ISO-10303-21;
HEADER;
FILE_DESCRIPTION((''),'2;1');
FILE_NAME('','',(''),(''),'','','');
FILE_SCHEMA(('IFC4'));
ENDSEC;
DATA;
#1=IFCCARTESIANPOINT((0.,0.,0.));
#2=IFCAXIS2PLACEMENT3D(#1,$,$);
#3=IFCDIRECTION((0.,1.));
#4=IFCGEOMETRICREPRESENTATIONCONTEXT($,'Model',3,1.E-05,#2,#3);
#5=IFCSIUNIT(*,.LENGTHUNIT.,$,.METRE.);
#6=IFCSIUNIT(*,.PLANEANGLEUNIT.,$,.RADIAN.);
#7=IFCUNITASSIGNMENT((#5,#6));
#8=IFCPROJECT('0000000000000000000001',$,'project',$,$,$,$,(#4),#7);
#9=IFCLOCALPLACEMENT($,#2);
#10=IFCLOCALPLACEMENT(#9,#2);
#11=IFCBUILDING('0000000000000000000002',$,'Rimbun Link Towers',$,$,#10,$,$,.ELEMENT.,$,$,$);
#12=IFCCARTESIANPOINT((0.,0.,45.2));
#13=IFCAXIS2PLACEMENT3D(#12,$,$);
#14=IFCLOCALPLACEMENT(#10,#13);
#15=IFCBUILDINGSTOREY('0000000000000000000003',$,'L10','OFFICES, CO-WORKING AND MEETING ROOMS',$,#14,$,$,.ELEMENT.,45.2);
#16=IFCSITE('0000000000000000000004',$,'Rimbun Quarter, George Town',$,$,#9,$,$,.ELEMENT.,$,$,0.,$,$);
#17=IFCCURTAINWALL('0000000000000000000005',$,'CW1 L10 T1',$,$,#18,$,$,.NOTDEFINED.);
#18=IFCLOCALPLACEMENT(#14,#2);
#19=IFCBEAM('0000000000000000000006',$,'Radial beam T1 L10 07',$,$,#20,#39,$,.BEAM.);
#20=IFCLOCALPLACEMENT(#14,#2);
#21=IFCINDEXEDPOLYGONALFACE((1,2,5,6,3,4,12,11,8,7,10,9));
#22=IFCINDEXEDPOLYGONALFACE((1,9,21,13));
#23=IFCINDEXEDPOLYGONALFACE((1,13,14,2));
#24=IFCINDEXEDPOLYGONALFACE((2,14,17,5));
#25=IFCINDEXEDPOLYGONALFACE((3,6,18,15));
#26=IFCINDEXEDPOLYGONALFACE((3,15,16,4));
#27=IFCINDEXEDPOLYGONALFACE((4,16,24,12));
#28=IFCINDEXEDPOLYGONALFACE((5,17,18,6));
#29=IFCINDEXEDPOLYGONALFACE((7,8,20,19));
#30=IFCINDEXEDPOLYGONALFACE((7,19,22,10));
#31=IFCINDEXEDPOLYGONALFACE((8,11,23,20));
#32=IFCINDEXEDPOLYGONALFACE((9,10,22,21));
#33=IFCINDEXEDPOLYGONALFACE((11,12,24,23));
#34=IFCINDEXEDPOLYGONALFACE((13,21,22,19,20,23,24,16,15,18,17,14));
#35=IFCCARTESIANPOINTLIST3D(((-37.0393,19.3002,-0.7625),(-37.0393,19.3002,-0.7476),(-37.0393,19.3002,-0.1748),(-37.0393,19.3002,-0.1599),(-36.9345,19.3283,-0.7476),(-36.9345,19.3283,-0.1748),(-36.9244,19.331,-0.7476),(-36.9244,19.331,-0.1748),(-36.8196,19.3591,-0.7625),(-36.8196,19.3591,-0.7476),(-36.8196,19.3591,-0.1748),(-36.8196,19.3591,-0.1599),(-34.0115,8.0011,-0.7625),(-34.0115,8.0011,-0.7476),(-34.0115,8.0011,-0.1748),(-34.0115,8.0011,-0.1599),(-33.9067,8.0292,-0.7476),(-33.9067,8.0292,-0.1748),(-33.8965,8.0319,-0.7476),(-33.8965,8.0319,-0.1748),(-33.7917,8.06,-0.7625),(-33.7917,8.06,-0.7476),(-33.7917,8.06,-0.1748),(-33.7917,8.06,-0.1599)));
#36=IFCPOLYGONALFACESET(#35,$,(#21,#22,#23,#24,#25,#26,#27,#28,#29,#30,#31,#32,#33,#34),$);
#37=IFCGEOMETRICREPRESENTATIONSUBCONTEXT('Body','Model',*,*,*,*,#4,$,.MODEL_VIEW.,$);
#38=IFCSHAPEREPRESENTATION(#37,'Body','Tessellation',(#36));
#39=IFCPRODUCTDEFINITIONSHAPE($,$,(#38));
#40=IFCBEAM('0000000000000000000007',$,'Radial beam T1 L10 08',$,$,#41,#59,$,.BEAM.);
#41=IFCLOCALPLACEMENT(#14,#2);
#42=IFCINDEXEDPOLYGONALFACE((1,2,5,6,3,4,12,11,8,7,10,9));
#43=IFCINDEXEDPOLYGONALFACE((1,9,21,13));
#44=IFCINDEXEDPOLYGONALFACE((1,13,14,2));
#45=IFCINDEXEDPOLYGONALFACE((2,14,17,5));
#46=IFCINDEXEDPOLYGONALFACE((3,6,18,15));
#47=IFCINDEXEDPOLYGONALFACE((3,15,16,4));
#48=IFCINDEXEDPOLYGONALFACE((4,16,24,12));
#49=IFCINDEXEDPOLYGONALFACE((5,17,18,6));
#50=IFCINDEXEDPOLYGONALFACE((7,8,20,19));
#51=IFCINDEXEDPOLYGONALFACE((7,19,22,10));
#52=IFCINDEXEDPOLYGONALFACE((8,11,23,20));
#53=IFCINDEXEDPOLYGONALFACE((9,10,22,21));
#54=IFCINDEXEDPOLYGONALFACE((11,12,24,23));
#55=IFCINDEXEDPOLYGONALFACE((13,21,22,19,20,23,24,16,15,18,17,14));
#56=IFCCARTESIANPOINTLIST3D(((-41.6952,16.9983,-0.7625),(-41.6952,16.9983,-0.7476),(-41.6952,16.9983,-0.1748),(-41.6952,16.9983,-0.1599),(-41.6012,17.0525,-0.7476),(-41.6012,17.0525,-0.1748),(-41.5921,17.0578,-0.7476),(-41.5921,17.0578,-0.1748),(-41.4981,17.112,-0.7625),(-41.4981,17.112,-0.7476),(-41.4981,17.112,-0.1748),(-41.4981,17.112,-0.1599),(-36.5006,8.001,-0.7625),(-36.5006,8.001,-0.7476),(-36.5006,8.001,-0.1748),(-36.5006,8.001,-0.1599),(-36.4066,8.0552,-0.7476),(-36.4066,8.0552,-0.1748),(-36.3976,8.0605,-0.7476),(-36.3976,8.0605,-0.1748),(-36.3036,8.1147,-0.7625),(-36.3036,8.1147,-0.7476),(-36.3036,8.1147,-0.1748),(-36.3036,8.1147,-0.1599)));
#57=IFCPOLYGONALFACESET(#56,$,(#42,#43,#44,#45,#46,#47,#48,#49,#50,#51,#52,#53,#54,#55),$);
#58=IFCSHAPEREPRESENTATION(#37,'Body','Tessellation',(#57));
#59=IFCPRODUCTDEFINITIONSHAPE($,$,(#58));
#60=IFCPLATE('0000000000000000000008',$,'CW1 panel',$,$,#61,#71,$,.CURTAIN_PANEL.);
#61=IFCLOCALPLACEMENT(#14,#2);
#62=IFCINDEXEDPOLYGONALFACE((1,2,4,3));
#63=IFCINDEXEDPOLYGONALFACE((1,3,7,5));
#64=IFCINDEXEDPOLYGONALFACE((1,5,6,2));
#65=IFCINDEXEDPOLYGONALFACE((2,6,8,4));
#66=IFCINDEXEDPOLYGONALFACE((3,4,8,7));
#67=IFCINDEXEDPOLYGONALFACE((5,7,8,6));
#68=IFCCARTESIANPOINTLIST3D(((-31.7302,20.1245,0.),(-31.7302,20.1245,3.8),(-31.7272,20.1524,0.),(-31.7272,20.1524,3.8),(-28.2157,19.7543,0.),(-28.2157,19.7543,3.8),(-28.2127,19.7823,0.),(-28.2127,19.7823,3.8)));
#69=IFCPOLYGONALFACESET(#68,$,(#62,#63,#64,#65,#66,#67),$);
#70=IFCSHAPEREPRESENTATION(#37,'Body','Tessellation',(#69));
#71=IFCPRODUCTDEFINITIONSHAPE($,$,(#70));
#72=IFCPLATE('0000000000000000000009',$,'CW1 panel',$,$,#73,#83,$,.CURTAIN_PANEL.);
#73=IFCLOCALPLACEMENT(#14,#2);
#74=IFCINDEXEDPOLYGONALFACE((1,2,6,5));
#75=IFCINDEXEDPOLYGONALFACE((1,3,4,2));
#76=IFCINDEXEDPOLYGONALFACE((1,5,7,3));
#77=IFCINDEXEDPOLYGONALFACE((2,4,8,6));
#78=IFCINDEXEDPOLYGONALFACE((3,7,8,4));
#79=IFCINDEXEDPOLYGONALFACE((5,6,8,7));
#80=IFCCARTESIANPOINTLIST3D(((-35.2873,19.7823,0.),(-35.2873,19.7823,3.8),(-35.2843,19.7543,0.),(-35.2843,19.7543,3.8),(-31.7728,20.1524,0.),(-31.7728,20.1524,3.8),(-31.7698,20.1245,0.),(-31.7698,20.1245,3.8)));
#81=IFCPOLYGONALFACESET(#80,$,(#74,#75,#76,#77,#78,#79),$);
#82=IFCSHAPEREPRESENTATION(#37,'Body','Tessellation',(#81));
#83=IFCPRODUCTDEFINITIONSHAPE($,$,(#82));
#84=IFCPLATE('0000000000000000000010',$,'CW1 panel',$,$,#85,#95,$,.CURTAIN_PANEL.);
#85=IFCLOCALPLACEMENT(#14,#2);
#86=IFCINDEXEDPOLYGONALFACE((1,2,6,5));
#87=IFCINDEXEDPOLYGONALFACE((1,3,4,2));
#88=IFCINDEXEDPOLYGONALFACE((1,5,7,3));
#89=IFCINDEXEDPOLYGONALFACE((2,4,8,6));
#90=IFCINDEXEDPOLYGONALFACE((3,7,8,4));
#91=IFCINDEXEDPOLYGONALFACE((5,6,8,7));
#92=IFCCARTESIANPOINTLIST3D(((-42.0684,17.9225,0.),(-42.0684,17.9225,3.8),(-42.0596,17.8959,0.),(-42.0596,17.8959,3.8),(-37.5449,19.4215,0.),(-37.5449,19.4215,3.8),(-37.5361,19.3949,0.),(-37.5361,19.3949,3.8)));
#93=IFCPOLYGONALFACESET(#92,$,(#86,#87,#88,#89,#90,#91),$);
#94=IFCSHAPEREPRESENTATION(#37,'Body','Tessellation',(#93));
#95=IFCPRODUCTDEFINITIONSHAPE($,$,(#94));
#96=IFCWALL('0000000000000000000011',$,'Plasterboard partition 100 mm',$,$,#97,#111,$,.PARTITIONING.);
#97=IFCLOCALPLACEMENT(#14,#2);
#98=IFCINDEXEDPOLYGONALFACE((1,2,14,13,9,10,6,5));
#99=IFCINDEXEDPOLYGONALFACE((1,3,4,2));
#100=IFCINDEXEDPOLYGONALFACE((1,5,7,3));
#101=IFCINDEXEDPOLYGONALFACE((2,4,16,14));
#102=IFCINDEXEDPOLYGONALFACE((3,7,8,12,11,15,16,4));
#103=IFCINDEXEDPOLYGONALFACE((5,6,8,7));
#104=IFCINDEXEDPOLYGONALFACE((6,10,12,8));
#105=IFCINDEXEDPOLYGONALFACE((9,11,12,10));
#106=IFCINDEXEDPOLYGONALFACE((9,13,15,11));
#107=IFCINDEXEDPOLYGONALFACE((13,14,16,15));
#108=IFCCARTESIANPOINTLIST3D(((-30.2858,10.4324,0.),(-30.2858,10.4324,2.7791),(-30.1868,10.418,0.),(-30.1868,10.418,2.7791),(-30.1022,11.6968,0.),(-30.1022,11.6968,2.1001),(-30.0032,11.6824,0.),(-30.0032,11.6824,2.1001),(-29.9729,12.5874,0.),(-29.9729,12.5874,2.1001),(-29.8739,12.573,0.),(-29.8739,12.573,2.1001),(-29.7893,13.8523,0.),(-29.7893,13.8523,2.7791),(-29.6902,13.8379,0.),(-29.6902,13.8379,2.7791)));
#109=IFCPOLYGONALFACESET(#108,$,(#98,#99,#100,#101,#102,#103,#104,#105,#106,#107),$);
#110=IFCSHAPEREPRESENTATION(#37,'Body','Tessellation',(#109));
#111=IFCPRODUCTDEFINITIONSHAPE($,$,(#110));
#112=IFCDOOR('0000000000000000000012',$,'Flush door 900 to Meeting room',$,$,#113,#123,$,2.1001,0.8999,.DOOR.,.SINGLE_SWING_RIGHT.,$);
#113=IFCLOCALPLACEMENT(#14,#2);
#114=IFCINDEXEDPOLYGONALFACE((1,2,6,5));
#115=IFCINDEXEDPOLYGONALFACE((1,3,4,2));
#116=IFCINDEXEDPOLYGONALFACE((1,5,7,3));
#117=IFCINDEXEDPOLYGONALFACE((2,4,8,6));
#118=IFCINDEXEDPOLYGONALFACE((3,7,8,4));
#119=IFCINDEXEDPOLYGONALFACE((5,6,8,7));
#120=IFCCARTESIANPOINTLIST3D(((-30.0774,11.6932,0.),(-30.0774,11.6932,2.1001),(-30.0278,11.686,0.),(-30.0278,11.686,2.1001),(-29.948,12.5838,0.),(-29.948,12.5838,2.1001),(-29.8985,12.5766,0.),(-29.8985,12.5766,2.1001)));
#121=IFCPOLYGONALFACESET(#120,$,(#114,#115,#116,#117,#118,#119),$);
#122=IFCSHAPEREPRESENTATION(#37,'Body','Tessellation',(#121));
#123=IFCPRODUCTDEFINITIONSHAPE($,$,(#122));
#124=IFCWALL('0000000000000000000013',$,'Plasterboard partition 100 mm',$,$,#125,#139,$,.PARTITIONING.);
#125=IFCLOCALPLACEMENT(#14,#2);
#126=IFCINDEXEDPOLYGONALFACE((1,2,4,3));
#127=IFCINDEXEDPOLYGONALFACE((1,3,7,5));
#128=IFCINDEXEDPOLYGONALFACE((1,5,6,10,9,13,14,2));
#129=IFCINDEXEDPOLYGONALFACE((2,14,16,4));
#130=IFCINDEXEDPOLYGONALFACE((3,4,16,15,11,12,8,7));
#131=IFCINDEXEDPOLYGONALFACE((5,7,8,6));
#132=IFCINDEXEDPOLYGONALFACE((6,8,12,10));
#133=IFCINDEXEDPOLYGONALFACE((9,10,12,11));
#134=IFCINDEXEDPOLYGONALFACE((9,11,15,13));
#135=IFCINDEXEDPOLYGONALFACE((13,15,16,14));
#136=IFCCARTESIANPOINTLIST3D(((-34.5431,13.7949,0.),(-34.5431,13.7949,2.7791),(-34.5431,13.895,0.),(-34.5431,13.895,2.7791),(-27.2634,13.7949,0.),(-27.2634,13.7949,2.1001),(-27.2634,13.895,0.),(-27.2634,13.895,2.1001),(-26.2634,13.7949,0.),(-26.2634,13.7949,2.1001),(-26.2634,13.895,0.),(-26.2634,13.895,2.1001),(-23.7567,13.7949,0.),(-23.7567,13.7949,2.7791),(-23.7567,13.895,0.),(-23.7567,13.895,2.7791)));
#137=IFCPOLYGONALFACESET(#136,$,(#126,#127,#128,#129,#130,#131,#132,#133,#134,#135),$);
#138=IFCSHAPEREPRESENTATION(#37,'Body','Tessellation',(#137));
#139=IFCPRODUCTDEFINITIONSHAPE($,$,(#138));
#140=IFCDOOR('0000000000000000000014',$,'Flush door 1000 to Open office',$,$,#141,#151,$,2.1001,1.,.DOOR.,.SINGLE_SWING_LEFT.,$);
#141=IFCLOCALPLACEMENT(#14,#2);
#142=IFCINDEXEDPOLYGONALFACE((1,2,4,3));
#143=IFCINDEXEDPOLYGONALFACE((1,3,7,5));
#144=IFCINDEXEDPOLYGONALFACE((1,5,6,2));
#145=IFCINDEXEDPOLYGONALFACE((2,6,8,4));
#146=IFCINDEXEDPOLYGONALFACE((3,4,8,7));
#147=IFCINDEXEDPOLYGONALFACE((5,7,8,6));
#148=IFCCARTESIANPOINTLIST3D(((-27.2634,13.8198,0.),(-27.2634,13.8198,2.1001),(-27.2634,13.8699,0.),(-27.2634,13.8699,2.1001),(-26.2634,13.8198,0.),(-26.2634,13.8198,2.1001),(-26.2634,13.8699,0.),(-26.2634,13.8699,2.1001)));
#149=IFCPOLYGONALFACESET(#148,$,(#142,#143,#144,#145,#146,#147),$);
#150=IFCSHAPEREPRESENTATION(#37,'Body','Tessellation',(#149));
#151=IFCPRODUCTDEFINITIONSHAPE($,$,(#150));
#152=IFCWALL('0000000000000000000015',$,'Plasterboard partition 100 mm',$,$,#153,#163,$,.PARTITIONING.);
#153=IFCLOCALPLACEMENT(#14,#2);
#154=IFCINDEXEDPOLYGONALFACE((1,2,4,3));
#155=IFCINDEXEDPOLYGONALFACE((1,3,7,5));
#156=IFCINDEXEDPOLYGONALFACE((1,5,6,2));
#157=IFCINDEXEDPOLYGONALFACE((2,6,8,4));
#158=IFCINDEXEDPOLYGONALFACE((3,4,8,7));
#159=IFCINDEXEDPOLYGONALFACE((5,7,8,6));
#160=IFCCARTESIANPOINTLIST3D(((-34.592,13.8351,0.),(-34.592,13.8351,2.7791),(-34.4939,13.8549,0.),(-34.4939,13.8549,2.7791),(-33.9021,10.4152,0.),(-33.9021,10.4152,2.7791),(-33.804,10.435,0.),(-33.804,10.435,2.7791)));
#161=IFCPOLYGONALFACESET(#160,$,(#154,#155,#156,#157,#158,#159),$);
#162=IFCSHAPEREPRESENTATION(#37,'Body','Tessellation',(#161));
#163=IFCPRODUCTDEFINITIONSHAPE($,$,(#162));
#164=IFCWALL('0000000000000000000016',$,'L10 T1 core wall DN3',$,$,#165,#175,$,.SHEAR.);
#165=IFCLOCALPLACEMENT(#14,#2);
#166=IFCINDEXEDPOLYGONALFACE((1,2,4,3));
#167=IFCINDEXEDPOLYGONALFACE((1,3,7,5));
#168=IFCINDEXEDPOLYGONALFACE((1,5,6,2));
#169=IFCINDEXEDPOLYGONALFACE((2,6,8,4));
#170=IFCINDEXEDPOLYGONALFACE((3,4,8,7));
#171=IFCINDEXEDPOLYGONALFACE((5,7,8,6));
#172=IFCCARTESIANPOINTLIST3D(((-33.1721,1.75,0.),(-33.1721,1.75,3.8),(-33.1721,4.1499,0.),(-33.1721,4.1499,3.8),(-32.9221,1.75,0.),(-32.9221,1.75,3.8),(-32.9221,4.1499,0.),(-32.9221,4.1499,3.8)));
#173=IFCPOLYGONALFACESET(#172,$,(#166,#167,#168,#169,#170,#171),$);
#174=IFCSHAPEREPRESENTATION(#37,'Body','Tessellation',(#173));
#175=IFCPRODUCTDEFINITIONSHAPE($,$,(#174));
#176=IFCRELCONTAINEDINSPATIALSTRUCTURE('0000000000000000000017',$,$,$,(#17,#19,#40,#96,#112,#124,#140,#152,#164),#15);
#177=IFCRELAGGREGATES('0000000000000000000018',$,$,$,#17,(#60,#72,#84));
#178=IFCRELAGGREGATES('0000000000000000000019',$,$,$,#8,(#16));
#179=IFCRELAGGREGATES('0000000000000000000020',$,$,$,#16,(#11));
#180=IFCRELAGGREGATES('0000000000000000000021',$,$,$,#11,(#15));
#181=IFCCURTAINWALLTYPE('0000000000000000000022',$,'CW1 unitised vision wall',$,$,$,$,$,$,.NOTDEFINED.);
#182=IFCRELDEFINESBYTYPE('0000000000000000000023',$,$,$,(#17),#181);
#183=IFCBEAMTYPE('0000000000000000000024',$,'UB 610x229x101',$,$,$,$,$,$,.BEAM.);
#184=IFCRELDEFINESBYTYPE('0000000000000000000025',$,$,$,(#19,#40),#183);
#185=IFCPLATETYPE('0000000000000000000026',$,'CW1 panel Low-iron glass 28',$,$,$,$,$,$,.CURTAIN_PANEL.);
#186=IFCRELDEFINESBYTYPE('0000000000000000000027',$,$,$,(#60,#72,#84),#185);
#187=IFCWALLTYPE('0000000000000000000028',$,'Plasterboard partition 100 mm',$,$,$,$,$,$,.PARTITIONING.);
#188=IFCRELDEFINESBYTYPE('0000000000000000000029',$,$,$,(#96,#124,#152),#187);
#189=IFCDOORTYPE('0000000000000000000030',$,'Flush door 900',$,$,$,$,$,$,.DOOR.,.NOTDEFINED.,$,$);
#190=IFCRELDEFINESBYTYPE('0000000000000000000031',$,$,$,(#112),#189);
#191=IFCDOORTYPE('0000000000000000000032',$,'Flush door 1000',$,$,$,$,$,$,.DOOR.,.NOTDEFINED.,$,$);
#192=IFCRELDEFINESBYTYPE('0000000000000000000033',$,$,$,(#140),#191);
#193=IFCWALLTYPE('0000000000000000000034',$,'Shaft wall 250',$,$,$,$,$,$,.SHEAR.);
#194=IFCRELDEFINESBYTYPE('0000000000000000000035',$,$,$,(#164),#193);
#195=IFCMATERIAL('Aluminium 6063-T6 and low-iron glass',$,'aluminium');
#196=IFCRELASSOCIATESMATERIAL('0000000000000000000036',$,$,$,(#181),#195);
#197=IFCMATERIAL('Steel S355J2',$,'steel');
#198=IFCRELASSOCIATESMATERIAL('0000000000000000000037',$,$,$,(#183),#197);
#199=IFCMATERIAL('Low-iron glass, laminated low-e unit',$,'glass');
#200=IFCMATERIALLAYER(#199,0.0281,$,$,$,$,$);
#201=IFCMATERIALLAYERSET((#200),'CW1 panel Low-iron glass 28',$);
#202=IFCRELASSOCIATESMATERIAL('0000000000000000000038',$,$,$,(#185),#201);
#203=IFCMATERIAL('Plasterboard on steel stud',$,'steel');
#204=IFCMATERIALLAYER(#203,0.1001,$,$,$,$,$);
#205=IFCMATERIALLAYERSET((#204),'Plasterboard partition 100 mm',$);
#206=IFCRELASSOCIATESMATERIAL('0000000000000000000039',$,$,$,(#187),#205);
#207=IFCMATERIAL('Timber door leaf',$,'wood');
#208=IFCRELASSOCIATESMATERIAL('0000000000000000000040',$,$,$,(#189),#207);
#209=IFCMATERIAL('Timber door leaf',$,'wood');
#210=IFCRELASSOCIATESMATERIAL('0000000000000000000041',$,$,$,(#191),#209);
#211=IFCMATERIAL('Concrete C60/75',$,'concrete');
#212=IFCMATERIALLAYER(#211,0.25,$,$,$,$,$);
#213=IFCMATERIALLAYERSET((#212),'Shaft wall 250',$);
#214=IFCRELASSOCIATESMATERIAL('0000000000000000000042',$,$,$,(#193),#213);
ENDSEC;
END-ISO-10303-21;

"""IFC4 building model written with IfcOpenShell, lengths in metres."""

from ifc_helpers import new_model, si_unit, direction, frame, frame_2d, origin, origin_2d, place, context, subcontext, project, spatial, rectangle, i_section, extrude, material, layer, layer_set, material_profile, profile_set, type_object, element, fill, aggregate, save


model = new_model("IFC4")

# Units and contexts
model_context = context("Model", 3, precision=1e-05, world=origin(), true_north=direction((0.0, 1.0)))
body_context = subcontext(model_context, "Body", "Model", "MODEL_VIEW")
ifc_project = project(units=[si_unit("LENGTHUNIT", "METRE"), si_unit("PLANEANGLEUNIT", "RADIAN")], contexts=[model_context])

# Site, building, storey
site_placement = place(None, origin())
site = spatial("IfcSite", under=ifc_project, at=site_placement, Name="Rimbun Quarter, George Town", CompositionType="ELEMENT", RefElevation=0.0)
building_placement = place(site_placement, origin())
building = spatial("IfcBuilding", under=site, at=building_placement, Name="Rimbun Link Towers", CompositionType="ELEMENT")
storey_placement = place(building_placement, frame((0.0, 0.0, 45.2)))
storey = spatial("IfcBuildingStorey", under=building, at=storey_placement, Name="L10", Description="OFFICES, CO-WORKING AND MEETING ROOMS", CompositionType="ELEMENT", Elevation=45.2)

# Curtain wall
ifc_material_1 = material(Name="Aluminium 6063-T6 and low-iron glass", Category="aluminium")
curtain_wall_type = type_object("IfcCurtainWallType", Name="CW1 unitised vision wall", PredefinedType="NOTDEFINED", material=ifc_material_1)
curtain_wall_placement = place(storey_placement, origin())
curtain_wall = element("IfcCurtainWall", 1, at=curtain_wall_placement, inside=storey, type_object=curtain_wall_type, Name="CW1 L10 T1", PredefinedType="NOTDEFINED")

# Beams
ifc_material_2 = material(Name="Steel S355J2", Category="steel")
ifc_material_profile_1 = material_profile(ifc_material_2, i_section(OverallWidth=0.2275, OverallDepth=0.6025, WebThickness=0.0105, FlangeThickness=0.0149, at=origin_2d()), Name="UB 610x229x101")
ifc_profile_set_1 = profile_set([ifc_material_profile_1], Name="Steel S355J2")
beam_type_1 = type_object("IfcBeamType", Name="UB 610x229x101", PredefinedType="BEAM", material=ifc_profile_set_1)
beam_1_placement = place(storey_placement, frame((-33.9016, 8.0305, -0.4612), z_axis=(-0.258839, 0.96592, 0.0), x_axis=(-0.96592, -0.258839, 0.0)))
element("IfcBeam", 2, at=beam_1_placement, inside=storey, type_object=beam_type_1, Name="Radial beam T1 L10 07", PredefinedType="BEAM", context=body_context, shape_type="SweptSolid", body=[
    extrude(i_section(OverallWidth=0.2275, OverallDepth=0.6025, WebThickness=0.0105, FlangeThickness=0.0149, at=origin_2d()), origin(), (0.0, 0.0, 1.0), 11.6978),
])
beam_2_placement = place(storey_placement, frame((-36.4021, 8.0579, -0.4612), z_axis=(-0.499998, 0.866026, 0.0), x_axis=(-0.866026, -0.499998, 0.0)))
element("IfcBeam", 3, at=beam_2_placement, inside=storey, type_object=beam_type_1, Name="Radial beam T1 L10 08", PredefinedType="BEAM", context=body_context, shape_type="SweptSolid", body=[
    extrude(i_section(OverallWidth=0.2275, OverallDepth=0.6025, WebThickness=0.0105, FlangeThickness=0.0149, at=origin_2d()), origin(), (0.0, 0.0, 1.0), 10.3892),
])

# Plates
ifc_material_3 = material(Name="Low-iron glass, laminated low-e unit", Category="glass")
ifc_layer_1 = layer(ifc_material_3, 0.0281)
ifc_layer_set_1 = layer_set([ifc_layer_1], Name="CW1 panel Low-iron glass 28")
plate_type = type_object("IfcPlateType", Name="CW1 panel Low-iron glass 28", PredefinedType="CURTAIN_PANEL", material=ifc_layer_set_1)
plate_1_placement = place(storey_placement, frame((-29.9714, 19.9534, 0.0), z_axis=(0.0, 0.0, 1.0), x_axis=(0.994499, -0.104742, 0.0)))
plate_1 = element("IfcPlate", 4, at=plate_1_placement, type_object=plate_type, Name="CW1 panel", PredefinedType="CURTAIN_PANEL", context=body_context, shape_type="SweptSolid", body=[
    extrude(rectangle(XDim=3.5339, YDim=0.0281, at=origin_2d()), origin(), (0.0, 0.0, 1.0), 3.8),
])
plate_2_placement = place(storey_placement, frame((-33.5286, 19.9534, 0.0), z_axis=(0.0, 0.0, 1.0), x_axis=(0.994499, 0.104742, 0.0)))
plate_2 = element("IfcPlate", 5, at=plate_2_placement, type_object=plate_type, Name="CW1 panel", PredefinedType="CURTAIN_PANEL", context=body_context, shape_type="SweptSolid", body=[
    extrude(rectangle(XDim=3.5339, YDim=0.0281, at=origin_2d()), origin(), (0.0, 0.0, 1.0), 3.8),
])
plate_3_placement = place(storey_placement, frame((-39.8022, 18.6587, 0.0), z_axis=(0.0, 0.0, 1.0), x_axis=(0.949238, 0.314558, 0.0)))
plate_3 = element("IfcPlate", 6, at=plate_3_placement, type_object=plate_type, Name="CW1 panel", PredefinedType="CURTAIN_PANEL", context=body_context, shape_type="SweptSolid", body=[
    extrude(rectangle(XDim=4.7654, YDim=0.0281, at=origin_2d()), origin(), (0.0, 0.0, 1.0), 3.8),
])
aggregate(curtain_wall, [plate_1, plate_2, plate_3])

# Walls, openings, doors
ifc_material_4 = material(Name="Plasterboard on steel stud", Category="steel")
ifc_layer_2 = layer(ifc_material_4, 0.1001)
ifc_layer_set_2 = layer_set([ifc_layer_2], Name="Plasterboard partition 100 mm")
wall_type_1 = type_object("IfcWallType", Name="Plasterboard partition 100 mm", PredefinedType="PARTITIONING", material=ifc_layer_set_2)
wall_1_placement = place(storey_placement, frame((-30.2363, 10.425, 0.0), z_axis=(0.0, 0.0, 1.0), x_axis=(0.143696, 0.989622, 0.0)))
wall_1 = element("IfcWall", 7, at=wall_1_placement, inside=storey, type_object=wall_type_1, Name="Plasterboard partition 100 mm", PredefinedType="PARTITIONING", context=body_context, shape_type="SweptSolid", body=[
    extrude(rectangle(XDim=3.4558, YDim=0.1001, at=frame_2d((1.728, 0.0))), origin(), (0.0, 0.0, 1.0), 2.7791),
])
opening_1_placement = place(wall_1_placement, frame((1.2778, 0.0, 0.0)))
opening_1 = element("IfcOpeningElement", 8, at=opening_1_placement, cuts=wall_1, PredefinedType="OPENING", context=body_context, shape_type="SweptSolid", body=[
    extrude(rectangle(XDim=0.8999, YDim=2.1001, at=frame_2d((0.45, 1.05))), frame((0.0, 0.0601, 0.0), z_axis=(0.0, -1.0, 0.0), x_axis=(1.0, 0.0, 0.0)), (0.0, 0.0, 1.0), 0.1201),
])
ifc_material_5 = material(Name="Timber door leaf", Category="wood")
door_type_1 = type_object("IfcDoorType", Name="Flush door 900", OperationType="NOTDEFINED", PredefinedType="DOOR", material=ifc_material_5)
door_1_placement = place(opening_1_placement, origin())
door_1 = element("IfcDoor", 9, at=door_1_placement, inside=storey, type_object=door_type_1, Name="Flush door 900 to Meeting room", OperationType="SINGLE_SWING_RIGHT", OverallHeight=2.1001, OverallWidth=0.8999, PredefinedType="DOOR", context=body_context, shape_type="SweptSolid", body=[
    extrude(rectangle(XDim=0.8999, YDim=2.1001, at=frame_2d((0.45, 1.05))), frame((0.0, 0.0249, 0.0), z_axis=(0.0, -1.0, 0.0), x_axis=(1.0, 0.0, 0.0)), (0.0, 0.0, 1.0), 0.05),
])
fill(opening_1, door_1)
wall_2_placement = place(storey_placement, frame((-34.543, 13.845, 0.0), z_axis=(0.0, 0.0, 1.0), x_axis=(1.0, 0.0, 0.0)))
wall_2 = element("IfcWall", 10, at=wall_2_placement, inside=storey, type_object=wall_type_1, Name="Plasterboard partition 100 mm", PredefinedType="PARTITIONING", context=body_context, shape_type="SweptSolid", body=[
    extrude(rectangle(XDim=10.7864, YDim=0.1001, at=frame_2d((5.3931, 0.0))), origin(), (0.0, 0.0, 1.0), 2.7791),
])
opening_2_placement = place(wall_2_placement, frame((7.2795, 0.0, 0.0)))
opening_2 = element("IfcOpeningElement", 11, at=opening_2_placement, cuts=wall_2, PredefinedType="OPENING", context=body_context, shape_type="SweptSolid", body=[
    extrude(rectangle(XDim=1.0, YDim=2.1001, at=frame_2d((0.5, 1.05))), frame((0.0, 0.0601, 0.0), z_axis=(0.0, -1.0, 0.0), x_axis=(1.0, 0.0, 0.0)), (0.0, 0.0, 1.0), 0.1201),
])
ifc_material_6 = material(Name="Timber door leaf", Category="wood")
door_type_2 = type_object("IfcDoorType", Name="Flush door 1000", OperationType="NOTDEFINED", PredefinedType="DOOR", material=ifc_material_6)
door_2_placement = place(opening_2_placement, origin())
door_2 = element("IfcDoor", 12, at=door_2_placement, inside=storey, type_object=door_type_2, Name="Flush door 1000 to Open office", OperationType="SINGLE_SWING_LEFT", OverallHeight=2.1001, OverallWidth=1.0, PredefinedType="DOOR", context=body_context, shape_type="SweptSolid", body=[
    extrude(rectangle(XDim=1.0, YDim=2.1001, at=frame_2d((0.5, 1.05))), frame((0.0, 0.0249, 0.0), z_axis=(0.0, -1.0, 0.0), x_axis=(1.0, 0.0, 0.0)), (0.0, 0.0, 1.0), 0.05),
])
fill(opening_2, door_2)

# Walls
wall_3_placement = place(storey_placement, frame((-34.543, 13.845, 0.0), z_axis=(0.0, 0.0, 1.0), x_axis=(0.197758, -0.980251, 0.0)))
element("IfcWall", 13, at=wall_3_placement, inside=storey, type_object=wall_type_1, Name="Plasterboard partition 100 mm", PredefinedType="PARTITIONING", context=body_context, shape_type="SweptSolid", body=[
    extrude(rectangle(XDim=3.4888, YDim=0.1001, at=frame_2d((1.7444, 0.0))), origin(), (0.0, 0.0, 1.0), 2.7791),
])
ifc_material_7 = material(Name="Concrete C60/75", Category="concrete")
ifc_layer_3 = layer(ifc_material_7, 0.25)
ifc_layer_set_3 = layer_set([ifc_layer_3], Name="Shaft wall 250")
wall_type_2 = type_object("IfcWallType", Name="Shaft wall 250", PredefinedType="SHEAR", material=ifc_layer_set_3)
for number, where, z_axis, x_axis, name in (
    (14, (-33.0471, 1.75, 0.0), (0.0, 0.0, 1.0), (0.0, 1.0, 0.0), "L10 T1 core wall DN3"),
):
    element("IfcWall", number, at=place(storey_placement, frame(where, z_axis=z_axis, x_axis=x_axis)), inside=storey, type_object=wall_type_2, Name=name, PredefinedType="SHEAR", context=body_context, shape_type="SweptSolid", body=[
        extrude(rectangle(XDim=2.3999, YDim=0.25, at=frame_2d((1.2, 0.0))), origin(), (0.0, 0.0, 1.0), 3.8),
    ])

save(model, "model.ifc")
